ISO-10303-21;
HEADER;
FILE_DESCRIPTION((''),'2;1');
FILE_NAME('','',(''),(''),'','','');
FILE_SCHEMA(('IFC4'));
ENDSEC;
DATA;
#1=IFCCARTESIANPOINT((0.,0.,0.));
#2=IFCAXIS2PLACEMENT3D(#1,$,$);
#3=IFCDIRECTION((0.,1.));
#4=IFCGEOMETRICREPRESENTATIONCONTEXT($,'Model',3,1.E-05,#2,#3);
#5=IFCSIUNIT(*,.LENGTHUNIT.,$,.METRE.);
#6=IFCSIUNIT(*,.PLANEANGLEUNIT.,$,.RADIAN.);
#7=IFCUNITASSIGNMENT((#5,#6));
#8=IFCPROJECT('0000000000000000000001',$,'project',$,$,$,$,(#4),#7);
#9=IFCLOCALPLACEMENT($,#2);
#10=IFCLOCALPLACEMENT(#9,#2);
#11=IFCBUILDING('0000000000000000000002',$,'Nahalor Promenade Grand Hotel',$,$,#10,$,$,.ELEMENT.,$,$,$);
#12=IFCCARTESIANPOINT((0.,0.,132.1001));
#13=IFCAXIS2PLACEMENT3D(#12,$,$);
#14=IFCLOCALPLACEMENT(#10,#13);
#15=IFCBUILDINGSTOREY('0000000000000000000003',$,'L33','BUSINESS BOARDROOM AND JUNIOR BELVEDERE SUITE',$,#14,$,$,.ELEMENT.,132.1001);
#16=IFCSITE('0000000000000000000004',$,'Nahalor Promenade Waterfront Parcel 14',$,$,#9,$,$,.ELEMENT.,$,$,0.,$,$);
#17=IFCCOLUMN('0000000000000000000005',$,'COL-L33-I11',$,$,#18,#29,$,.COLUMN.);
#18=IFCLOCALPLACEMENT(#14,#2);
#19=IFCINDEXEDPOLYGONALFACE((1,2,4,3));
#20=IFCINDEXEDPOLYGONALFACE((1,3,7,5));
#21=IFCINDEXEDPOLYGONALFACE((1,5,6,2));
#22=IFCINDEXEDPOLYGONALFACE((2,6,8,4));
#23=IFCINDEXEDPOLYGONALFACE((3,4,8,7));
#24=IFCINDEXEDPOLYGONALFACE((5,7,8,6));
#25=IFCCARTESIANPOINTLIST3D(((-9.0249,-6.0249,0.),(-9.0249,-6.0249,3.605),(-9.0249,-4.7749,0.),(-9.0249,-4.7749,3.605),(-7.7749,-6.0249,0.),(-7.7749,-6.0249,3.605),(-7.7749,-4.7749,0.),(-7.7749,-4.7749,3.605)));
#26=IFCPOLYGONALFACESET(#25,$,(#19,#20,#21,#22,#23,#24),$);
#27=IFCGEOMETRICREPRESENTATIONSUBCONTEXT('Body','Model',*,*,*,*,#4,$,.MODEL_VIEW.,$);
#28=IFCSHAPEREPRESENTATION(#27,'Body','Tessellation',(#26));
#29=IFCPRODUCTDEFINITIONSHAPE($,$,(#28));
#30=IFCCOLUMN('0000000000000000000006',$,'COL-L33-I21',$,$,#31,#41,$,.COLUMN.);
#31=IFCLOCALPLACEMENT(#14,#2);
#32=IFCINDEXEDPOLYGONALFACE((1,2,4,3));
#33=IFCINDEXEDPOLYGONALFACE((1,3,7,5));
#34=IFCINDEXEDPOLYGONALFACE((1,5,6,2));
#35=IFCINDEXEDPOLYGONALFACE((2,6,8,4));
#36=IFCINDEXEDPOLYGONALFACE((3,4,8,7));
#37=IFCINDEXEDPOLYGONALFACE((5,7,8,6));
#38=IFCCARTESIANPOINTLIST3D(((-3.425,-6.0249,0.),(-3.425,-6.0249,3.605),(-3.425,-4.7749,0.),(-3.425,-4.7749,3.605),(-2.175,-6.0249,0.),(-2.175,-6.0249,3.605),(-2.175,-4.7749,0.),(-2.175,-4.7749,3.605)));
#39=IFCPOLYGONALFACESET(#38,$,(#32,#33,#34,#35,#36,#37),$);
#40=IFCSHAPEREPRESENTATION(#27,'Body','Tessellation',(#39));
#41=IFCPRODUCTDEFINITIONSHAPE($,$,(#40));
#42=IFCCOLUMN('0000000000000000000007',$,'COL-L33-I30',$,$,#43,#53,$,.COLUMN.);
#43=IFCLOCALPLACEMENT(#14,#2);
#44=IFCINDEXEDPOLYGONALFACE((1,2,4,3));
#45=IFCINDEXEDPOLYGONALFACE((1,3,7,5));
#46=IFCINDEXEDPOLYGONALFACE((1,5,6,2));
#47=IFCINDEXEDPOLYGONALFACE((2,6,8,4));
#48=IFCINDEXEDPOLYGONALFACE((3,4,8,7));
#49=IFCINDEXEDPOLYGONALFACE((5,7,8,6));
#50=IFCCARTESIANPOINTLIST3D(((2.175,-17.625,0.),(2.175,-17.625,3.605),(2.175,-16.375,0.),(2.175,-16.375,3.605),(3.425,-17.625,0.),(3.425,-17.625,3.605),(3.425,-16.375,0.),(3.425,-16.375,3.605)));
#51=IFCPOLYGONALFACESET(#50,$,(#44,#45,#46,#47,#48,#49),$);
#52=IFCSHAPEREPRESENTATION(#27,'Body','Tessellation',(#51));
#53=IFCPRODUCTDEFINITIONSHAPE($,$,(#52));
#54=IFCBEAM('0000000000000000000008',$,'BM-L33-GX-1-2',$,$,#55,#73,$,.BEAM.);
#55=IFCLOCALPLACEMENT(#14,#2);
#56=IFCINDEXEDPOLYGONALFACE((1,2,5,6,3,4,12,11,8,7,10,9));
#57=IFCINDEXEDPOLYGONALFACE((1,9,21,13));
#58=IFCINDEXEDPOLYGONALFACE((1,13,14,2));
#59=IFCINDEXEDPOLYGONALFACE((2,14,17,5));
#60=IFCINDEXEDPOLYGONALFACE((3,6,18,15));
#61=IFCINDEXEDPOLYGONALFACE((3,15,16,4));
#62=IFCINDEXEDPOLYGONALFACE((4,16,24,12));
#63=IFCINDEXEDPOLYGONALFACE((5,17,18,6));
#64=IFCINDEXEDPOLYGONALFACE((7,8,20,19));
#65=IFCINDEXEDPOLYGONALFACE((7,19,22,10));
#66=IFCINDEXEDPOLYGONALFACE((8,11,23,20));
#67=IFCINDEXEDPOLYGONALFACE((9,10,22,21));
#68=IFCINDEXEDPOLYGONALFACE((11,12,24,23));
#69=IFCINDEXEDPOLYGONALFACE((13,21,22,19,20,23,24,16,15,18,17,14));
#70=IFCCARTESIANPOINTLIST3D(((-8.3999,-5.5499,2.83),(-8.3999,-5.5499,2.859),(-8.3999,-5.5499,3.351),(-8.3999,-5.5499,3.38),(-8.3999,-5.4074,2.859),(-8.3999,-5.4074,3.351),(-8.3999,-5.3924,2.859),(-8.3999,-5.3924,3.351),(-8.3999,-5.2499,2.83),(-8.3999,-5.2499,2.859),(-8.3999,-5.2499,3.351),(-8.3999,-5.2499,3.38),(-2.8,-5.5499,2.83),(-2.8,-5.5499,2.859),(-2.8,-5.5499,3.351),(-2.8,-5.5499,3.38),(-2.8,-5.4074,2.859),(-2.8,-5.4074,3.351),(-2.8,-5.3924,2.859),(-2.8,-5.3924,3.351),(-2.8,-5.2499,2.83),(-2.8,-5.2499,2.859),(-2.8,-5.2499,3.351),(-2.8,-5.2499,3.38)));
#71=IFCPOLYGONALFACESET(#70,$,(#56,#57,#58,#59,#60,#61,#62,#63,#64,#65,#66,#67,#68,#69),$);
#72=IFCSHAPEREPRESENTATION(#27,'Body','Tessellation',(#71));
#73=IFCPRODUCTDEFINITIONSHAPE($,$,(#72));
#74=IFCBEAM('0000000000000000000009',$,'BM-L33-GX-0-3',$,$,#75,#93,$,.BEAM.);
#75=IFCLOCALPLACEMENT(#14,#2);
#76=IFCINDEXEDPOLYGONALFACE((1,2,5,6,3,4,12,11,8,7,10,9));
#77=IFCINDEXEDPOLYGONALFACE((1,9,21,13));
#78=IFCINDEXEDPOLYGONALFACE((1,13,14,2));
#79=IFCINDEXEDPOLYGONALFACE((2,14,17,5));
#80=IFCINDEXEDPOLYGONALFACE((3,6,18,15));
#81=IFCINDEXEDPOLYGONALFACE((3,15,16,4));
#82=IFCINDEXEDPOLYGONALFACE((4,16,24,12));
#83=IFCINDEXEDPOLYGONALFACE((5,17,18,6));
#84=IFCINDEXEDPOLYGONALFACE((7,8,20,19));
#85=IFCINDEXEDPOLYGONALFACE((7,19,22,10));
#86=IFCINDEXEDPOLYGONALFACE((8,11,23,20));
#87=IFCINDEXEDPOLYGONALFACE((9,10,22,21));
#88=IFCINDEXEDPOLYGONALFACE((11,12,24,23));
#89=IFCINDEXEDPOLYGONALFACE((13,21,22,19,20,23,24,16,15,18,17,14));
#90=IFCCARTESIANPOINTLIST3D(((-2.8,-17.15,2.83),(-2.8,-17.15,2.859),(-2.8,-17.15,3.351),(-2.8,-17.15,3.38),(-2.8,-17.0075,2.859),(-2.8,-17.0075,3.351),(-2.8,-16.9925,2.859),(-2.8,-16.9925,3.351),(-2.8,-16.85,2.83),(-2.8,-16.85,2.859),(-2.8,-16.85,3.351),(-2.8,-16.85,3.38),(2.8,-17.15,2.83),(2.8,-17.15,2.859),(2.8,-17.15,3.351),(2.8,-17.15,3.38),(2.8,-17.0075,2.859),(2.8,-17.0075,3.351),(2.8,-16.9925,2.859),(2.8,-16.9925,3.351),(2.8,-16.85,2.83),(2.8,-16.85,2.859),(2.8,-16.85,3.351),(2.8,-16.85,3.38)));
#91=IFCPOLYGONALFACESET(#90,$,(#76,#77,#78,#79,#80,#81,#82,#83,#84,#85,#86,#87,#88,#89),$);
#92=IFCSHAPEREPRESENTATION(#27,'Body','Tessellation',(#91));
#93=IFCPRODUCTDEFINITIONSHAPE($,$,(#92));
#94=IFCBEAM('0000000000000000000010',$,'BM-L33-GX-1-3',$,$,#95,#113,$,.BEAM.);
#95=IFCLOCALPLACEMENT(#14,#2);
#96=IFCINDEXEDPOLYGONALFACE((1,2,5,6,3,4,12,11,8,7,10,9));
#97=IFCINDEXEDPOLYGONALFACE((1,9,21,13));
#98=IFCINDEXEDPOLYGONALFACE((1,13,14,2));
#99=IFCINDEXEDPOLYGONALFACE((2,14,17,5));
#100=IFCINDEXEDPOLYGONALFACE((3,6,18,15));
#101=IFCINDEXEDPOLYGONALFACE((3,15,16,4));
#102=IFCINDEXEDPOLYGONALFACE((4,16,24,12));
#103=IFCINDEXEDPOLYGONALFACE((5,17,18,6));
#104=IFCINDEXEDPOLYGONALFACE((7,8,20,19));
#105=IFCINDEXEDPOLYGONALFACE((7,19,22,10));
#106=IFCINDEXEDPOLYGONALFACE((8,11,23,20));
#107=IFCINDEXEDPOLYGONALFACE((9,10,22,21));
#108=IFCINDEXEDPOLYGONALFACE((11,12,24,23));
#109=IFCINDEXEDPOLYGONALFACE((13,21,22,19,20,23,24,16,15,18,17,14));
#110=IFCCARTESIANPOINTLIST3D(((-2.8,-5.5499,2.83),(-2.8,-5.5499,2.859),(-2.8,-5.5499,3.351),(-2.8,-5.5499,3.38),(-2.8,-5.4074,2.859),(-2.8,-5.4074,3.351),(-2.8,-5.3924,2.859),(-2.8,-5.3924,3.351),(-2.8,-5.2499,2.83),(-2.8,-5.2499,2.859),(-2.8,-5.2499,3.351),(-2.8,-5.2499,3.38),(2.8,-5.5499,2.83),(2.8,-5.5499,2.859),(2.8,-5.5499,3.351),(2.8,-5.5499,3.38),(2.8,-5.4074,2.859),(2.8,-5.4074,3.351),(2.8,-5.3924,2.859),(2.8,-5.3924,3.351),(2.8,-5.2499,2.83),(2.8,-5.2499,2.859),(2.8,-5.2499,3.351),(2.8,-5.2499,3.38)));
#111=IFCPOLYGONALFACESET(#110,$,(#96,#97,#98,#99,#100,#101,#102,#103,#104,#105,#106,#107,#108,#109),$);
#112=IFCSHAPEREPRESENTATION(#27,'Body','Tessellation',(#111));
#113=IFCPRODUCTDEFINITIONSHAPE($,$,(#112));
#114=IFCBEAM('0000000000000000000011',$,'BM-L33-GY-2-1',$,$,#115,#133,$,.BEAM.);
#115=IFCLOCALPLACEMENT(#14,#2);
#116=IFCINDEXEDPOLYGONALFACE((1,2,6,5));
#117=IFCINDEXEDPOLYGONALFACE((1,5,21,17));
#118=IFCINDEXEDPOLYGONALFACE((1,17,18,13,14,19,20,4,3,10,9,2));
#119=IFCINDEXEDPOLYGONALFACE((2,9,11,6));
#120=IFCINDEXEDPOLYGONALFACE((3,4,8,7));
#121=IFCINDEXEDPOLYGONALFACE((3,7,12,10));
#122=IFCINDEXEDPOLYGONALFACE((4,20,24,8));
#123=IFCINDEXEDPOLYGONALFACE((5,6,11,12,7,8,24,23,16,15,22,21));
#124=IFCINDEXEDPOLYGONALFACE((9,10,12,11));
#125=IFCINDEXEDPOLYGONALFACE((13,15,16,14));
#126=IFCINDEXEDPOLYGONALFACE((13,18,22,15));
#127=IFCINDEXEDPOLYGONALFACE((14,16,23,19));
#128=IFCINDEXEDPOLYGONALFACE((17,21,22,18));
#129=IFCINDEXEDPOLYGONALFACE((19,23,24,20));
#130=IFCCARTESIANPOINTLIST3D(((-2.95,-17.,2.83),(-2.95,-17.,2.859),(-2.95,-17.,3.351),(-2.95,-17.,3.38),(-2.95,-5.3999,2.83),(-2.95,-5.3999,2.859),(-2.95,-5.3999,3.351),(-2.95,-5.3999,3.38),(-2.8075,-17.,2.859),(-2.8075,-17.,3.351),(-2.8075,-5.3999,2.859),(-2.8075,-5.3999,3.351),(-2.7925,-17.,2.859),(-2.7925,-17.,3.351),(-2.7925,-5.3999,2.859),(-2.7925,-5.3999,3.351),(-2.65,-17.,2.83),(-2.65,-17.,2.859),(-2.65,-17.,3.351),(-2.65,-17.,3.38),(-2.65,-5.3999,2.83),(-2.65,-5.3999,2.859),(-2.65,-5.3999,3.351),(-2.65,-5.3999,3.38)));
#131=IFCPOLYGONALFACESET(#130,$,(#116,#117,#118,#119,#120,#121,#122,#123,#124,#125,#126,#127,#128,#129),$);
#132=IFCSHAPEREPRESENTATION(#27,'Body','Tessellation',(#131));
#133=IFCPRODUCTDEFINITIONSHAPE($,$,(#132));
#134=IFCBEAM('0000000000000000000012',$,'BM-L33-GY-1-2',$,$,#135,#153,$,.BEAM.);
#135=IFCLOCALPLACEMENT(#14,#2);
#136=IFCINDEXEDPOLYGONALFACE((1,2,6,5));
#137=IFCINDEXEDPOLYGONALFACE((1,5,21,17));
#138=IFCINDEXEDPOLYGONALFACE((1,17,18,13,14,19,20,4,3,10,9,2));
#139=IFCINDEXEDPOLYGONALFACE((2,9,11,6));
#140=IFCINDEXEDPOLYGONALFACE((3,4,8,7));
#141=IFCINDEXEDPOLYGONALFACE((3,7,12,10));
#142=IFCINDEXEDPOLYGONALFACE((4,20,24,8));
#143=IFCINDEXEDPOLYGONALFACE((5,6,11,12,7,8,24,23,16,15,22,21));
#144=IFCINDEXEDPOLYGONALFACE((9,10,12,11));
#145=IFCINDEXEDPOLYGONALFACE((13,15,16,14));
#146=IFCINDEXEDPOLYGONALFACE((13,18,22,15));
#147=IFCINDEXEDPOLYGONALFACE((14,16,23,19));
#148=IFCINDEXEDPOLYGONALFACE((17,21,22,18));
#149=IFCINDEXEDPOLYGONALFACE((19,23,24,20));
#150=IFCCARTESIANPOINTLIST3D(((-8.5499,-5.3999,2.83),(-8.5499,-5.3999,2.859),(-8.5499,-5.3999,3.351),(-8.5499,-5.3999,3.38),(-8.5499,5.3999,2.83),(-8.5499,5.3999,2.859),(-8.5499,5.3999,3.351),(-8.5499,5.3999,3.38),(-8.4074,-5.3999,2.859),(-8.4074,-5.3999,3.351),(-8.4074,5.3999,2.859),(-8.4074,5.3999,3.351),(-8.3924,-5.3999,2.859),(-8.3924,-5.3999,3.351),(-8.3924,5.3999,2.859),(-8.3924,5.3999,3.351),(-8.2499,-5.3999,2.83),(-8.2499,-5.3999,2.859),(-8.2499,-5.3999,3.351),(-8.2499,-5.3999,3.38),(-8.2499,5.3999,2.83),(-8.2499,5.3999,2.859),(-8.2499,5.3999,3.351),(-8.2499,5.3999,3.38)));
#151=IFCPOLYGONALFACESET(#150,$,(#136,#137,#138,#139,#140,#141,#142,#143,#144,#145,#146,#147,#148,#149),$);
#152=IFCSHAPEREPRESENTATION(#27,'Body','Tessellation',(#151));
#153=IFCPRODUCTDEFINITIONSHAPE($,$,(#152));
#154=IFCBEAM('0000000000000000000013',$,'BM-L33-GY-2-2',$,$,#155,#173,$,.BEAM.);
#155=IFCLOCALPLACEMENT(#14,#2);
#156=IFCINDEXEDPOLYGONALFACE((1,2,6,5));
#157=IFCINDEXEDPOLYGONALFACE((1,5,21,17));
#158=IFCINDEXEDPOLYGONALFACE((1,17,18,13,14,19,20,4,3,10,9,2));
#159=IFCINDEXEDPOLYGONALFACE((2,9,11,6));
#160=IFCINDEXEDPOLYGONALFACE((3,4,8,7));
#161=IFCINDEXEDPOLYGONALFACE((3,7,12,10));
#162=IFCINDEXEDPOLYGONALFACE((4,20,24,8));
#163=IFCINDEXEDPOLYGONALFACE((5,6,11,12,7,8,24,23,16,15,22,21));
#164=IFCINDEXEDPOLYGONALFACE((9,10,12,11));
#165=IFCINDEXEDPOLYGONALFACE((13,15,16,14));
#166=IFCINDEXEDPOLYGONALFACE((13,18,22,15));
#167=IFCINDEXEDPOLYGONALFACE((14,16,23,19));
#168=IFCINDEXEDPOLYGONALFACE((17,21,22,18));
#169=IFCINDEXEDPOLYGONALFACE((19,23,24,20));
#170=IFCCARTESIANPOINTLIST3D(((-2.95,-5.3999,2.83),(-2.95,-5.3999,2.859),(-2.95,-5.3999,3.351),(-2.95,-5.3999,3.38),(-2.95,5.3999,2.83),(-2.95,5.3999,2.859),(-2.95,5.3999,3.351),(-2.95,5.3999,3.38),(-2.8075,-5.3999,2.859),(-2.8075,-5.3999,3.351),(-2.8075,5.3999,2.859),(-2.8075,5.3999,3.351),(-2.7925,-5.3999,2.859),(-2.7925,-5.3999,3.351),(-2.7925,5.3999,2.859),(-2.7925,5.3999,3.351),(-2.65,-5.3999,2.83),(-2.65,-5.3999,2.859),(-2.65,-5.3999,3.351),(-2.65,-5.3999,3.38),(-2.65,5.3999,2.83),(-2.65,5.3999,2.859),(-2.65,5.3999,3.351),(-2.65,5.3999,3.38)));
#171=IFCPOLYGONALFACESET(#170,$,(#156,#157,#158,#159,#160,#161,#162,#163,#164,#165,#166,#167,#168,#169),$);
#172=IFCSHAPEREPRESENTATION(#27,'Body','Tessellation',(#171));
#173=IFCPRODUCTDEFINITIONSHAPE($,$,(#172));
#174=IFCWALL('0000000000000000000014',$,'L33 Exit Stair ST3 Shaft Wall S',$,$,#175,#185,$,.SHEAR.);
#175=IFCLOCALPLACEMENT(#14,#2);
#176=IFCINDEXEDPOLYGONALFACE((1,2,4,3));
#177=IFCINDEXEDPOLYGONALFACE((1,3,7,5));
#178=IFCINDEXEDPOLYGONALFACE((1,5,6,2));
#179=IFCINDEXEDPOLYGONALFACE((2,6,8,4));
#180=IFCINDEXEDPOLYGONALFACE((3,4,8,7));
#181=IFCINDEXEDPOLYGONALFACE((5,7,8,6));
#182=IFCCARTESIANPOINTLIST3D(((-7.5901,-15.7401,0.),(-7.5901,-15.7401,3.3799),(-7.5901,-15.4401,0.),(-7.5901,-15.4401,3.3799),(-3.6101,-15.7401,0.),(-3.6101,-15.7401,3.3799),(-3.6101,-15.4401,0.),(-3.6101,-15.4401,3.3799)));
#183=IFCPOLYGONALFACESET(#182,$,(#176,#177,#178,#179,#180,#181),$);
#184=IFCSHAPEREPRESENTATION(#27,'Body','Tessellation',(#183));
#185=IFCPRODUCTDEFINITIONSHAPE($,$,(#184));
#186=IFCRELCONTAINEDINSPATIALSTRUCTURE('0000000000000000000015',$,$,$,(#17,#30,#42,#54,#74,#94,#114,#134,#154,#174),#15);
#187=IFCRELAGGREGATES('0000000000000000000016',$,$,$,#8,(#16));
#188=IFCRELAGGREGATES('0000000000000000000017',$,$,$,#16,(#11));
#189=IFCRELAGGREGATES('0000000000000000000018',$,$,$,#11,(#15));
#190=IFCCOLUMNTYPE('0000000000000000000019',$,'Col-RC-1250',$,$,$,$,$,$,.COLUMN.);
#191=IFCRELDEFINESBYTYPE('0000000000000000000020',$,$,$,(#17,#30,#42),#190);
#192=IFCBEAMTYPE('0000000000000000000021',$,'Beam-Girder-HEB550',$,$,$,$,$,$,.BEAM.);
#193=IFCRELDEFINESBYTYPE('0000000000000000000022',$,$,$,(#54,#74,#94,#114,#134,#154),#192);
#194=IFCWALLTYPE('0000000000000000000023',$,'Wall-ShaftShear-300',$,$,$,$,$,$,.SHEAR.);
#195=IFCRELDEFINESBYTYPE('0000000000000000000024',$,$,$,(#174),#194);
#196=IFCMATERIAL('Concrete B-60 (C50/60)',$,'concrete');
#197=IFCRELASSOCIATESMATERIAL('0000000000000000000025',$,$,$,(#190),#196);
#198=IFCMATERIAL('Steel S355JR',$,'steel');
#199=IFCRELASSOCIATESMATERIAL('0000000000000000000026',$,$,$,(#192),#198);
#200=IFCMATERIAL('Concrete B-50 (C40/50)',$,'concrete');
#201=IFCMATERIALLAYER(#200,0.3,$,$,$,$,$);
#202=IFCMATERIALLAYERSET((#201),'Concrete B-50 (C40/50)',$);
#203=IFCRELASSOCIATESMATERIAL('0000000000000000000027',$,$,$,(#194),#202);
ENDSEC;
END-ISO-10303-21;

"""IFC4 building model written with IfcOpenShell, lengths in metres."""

from ifc_helpers import new_model, si_unit, direction, frame, frame_2d, origin, origin_2d, place, context, subcontext, project, spatial, rectangle, i_section, extrude, source, transform, mapped, material, layer, layer_set, material_profile, profile_set, type_object, element, save


model = new_model("IFC4")

# Units and contexts
model_context = context("Model", 3, precision=1e-05, world=origin(), true_north=direction((0.0, 1.0)))
body_context = subcontext(model_context, "Body", "Model", "MODEL_VIEW")
ifc_project = project(units=[si_unit("LENGTHUNIT", "METRE"), si_unit("PLANEANGLEUNIT", "RADIAN")], contexts=[model_context])

# Site, building, storey
site_placement = place(None, origin())
site = spatial("IfcSite", under=ifc_project, at=site_placement, Name="Nahalor Promenade Waterfront Parcel 14", CompositionType="ELEMENT", RefElevation=0.0)
building_placement = place(site_placement, origin())
building = spatial("IfcBuilding", under=site, at=building_placement, Name="Nahalor Promenade Grand Hotel", CompositionType="ELEMENT")
storey_placement = place(building_placement, frame((0.0, 0.0, 132.1001)))
storey = spatial("IfcBuildingStorey", under=building, at=storey_placement, Name="L33", Description="BUSINESS BOARDROOM AND JUNIOR BELVEDERE SUITE", CompositionType="ELEMENT", Elevation=132.1001)

# Columns
ifc_material_1 = material(Name="Concrete B-60 (C50/60)", Category="concrete")
ifc_material_profile_1 = material_profile(ifc_material_1, rectangle(XDim=1.25, YDim=1.25, at=origin_2d()), Name="RC 1250x1250")
ifc_profile_set_1 = profile_set([ifc_material_profile_1], Name="Concrete B-60 (C50/60)")
column_type = type_object("IfcColumnType", Name="Col-RC-1250", PredefinedType="COLUMN", material=ifc_profile_set_1)
shared_shape_1 = source(origin(), body_context, "Body", "SweptSolid", [
    extrude(rectangle(XDim=1.25, YDim=1.25, at=origin_2d()), origin(), (0.0, 0.0, 1.0), 3.605),
])
for number, where, z_axis, x_axis, name in (
    (1, (-8.3999, -5.3999, 0.0), (0.0, 0.0, 1.0), (1.0, 0.0, 0.0), "COL-L33-I11"),
    (2, (-2.8, -5.3999, 0.0), (0.0, 0.0, 1.0), (1.0, 0.0, 0.0), "COL-L33-I21"),
    (3, (2.8, -17.0, 0.0), (0.0, 0.0, 1.0), (1.0, 0.0, 0.0), "COL-L33-I30"),
):
    element("IfcColumn", number, at=place(storey_placement, frame(where, z_axis=z_axis, x_axis=x_axis)), inside=storey, type_object=column_type, Name=name, PredefinedType="COLUMN", context=body_context, shape_type="MappedRepresentation", body=[
        mapped(shared_shape_1, transform((0.0, 0.0, 0.0), scale=1.0)),
    ])

# Beams
ifc_material_2 = material(Name="Steel S355JR", Category="steel")
ifc_material_profile_2 = material_profile(ifc_material_2, i_section(OverallWidth=0.3, OverallDepth=0.55, WebThickness=0.015, FlangeThickness=0.029, at=origin_2d()), Name="HEB 550")
ifc_profile_set_2 = profile_set([ifc_material_profile_2], Name="Steel S355JR")
beam_type = type_object("IfcBeamType", Name="Beam-Girder-HEB550", PredefinedType="BEAM", material=ifc_profile_set_2)
shared_shape_2 = source(origin(), body_context, "Body", "SweptSolid", [
    extrude(i_section(OverallWidth=0.3, OverallDepth=0.55, WebThickness=0.015, FlangeThickness=0.029, at=origin_2d()), origin(), (0.0, 0.0, 1.0), 5.5999),
])
beam_1_placement = place(storey_placement, frame((-8.3999, -5.3999, 3.105), z_axis=(1.0, 0.0, 0.0), x_axis=(0.0, 1.0, 0.0)))
element("IfcBeam", 4, at=beam_1_placement, inside=storey, type_object=beam_type, Name="BM-L33-GX-1-2", PredefinedType="BEAM", context=body_context, shape_type="MappedRepresentation", body=[
    mapped(shared_shape_2, transform((0.0, 0.0, 0.0), scale=1.0)),
])
shared_shape_3 = source(origin(), body_context, "Body", "SweptSolid", [
    extrude(i_section(OverallWidth=0.3, OverallDepth=0.55, WebThickness=0.015, FlangeThickness=0.029, at=origin_2d()), origin(), (0.0, 0.0, 1.0), 5.6001),
])
for number, where, z_axis, x_axis, name in (
    (5, (-2.8, -17.0, 3.105), (1.0, 0.0, 0.0), (0.0, 1.0, 0.0), "BM-L33-GX-0-3"),
    (6, (-2.8, -5.3999, 3.105), (1.0, 0.0, 0.0), (0.0, 1.0, 0.0), "BM-L33-GX-1-3"),
):
    element("IfcBeam", number, at=place(storey_placement, frame(where, z_axis=z_axis, x_axis=x_axis)), inside=storey, type_object=beam_type, Name=name, PredefinedType="BEAM", context=body_context, shape_type="MappedRepresentation", body=[
        mapped(shared_shape_3, transform((0.0, 0.0, 0.0), scale=1.0)),
    ])
shared_shape_4 = source(origin(), body_context, "Body", "SweptSolid", [
    extrude(i_section(OverallWidth=0.3, OverallDepth=0.55, WebThickness=0.015, FlangeThickness=0.029, at=origin_2d()), origin(), (0.0, 0.0, 1.0), 11.6001),
])
beam_2_placement = place(storey_placement, frame((-2.8, -17.0, 3.105), z_axis=(0.0, 1.0, 0.0), x_axis=(-1.0, 0.0, 0.0)))
element("IfcBeam", 7, at=beam_2_placement, inside=storey, type_object=beam_type, Name="BM-L33-GY-2-1", PredefinedType="BEAM", context=body_context, shape_type="MappedRepresentation", body=[
    mapped(shared_shape_4, transform((0.0, 0.0, 0.0), scale=1.0)),
])
shared_shape_5 = source(origin(), body_context, "Body", "SweptSolid", [
    extrude(i_section(OverallWidth=0.3, OverallDepth=0.55, WebThickness=0.015, FlangeThickness=0.029, at=origin_2d()), origin(), (0.0, 0.0, 1.0), 10.7998),
])
for number, where, z_axis, x_axis, name in (
    (8, (-8.3999, -5.3999, 3.105), (0.0, 1.0, 0.0), (-1.0, 0.0, 0.0), "BM-L33-GY-1-2"),
    (9, (-2.8, -5.3999, 3.105), (0.0, 1.0, 0.0), (-1.0, 0.0, 0.0), "BM-L33-GY-2-2"),
):
    element("IfcBeam", number, at=place(storey_placement, frame(where, z_axis=z_axis, x_axis=x_axis)), inside=storey, type_object=beam_type, Name=name, PredefinedType="BEAM", context=body_context, shape_type="MappedRepresentation", body=[
        mapped(shared_shape_5, transform((0.0, 0.0, 0.0), scale=1.0)),
    ])

# Wall
ifc_material_3 = material(Name="Concrete B-50 (C40/50)", Category="concrete")
ifc_layer_1 = layer(ifc_material_3, 0.3)
ifc_layer_set_1 = layer_set([ifc_layer_1], Name="Concrete B-50 (C40/50)")
wall_type_1 = type_object("IfcWallType", Name="Wall-ShaftShear-300", PredefinedType="SHEAR", material=ifc_layer_set_1)
shared_shape_6 = source(origin(), body_context, "Body", "SweptSolid", [
    extrude(rectangle(XDim=3.98, YDim=0.3, at=frame_2d((1.99, 0.0))), origin(), (0.0, 0.0, 1.0), 3.3799),
])
wall_1_placement = place(storey_placement, frame((-7.5901, -15.5901, 0.0), z_axis=(0.0, 0.0, 1.0), x_axis=(1.0, 0.0, 0.0)))
element("IfcWall", 10, at=wall_1_placement, inside=storey, type_object=wall_type_1, Name="L33 Exit Stair ST3 Shaft Wall S", PredefinedType="SHEAR", context=body_context, shape_type="MappedRepresentation", body=[
    mapped(shared_shape_6, transform((0.0, 0.0, 0.0), scale=1.0)),
])

save(model, "model.ifc")
